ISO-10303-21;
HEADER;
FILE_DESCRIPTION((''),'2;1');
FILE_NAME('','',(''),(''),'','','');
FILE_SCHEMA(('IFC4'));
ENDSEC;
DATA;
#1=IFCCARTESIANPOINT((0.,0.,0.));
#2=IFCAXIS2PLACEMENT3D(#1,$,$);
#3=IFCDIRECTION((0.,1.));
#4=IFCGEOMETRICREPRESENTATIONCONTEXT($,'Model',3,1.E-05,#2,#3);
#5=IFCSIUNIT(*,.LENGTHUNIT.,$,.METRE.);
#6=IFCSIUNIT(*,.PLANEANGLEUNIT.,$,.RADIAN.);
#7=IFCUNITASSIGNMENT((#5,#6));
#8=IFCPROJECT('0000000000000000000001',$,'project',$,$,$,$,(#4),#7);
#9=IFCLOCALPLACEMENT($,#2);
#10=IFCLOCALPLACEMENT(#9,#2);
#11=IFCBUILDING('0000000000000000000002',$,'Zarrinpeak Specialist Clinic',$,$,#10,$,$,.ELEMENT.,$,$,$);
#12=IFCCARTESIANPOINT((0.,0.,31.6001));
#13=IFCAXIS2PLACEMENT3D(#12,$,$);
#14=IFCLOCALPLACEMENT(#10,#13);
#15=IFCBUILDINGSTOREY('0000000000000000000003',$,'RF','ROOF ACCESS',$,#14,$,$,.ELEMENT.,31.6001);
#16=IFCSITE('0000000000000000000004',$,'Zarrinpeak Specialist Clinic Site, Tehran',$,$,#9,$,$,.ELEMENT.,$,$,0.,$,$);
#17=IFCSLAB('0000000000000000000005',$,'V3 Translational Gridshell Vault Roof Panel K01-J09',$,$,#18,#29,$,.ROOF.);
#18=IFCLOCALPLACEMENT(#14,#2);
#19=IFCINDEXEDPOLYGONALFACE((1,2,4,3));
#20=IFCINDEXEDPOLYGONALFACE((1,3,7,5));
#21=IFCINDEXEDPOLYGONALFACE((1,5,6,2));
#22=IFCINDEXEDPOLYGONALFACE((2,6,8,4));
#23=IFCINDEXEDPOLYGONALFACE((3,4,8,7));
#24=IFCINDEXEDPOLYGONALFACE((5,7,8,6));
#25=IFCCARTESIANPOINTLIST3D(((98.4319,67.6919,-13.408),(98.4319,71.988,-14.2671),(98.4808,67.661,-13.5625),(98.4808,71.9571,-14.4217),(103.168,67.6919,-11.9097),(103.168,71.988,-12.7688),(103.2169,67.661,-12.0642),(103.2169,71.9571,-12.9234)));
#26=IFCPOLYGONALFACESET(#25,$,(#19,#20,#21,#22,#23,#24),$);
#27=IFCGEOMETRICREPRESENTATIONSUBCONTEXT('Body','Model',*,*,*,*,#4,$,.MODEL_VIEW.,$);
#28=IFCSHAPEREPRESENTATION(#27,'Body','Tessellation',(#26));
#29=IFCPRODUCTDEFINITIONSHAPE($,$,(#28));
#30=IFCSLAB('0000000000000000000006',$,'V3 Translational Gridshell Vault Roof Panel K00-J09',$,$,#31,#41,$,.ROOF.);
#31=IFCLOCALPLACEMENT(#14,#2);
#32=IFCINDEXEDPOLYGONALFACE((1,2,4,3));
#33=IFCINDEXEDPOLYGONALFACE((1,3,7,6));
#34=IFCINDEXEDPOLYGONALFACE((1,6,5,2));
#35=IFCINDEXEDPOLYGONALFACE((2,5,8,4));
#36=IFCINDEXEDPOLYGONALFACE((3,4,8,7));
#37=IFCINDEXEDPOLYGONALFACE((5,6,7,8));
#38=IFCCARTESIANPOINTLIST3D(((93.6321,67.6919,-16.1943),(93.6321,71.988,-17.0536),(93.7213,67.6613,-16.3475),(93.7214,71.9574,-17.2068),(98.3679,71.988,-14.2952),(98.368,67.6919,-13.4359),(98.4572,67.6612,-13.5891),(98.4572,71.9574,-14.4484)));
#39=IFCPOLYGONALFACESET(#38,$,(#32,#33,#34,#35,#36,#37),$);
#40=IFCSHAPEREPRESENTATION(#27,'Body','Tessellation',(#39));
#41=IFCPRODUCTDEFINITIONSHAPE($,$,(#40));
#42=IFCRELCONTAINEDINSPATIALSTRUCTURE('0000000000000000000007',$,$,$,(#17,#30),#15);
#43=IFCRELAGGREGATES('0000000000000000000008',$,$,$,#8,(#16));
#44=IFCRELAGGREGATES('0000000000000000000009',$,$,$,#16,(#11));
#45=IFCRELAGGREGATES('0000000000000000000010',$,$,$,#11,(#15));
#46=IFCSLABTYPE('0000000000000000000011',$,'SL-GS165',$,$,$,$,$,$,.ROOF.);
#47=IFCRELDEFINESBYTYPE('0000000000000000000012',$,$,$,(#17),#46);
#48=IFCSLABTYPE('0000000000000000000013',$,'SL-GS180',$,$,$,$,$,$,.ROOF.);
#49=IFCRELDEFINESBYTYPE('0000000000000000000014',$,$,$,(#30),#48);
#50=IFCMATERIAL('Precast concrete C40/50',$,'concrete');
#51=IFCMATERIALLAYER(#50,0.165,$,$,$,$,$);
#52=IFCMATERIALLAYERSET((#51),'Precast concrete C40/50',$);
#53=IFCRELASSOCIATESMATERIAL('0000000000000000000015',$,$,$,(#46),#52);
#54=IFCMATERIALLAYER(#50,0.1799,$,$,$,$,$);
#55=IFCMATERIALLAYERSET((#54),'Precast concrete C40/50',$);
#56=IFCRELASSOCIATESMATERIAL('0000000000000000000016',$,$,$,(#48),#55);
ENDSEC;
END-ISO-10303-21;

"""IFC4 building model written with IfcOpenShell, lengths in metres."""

from ifc_helpers import new_model, si_unit, direction, frame, origin, place, context, subcontext, project, spatial, polyline, outline, extrude, material, layer, layer_set, type_object, element, save


model = new_model("IFC4")

# Units and contexts
model_context = context("Model", 3, precision=1e-05, world=origin(), true_north=direction((0.0, 1.0)))
body_context = subcontext(model_context, "Body", "Model", "MODEL_VIEW")
ifc_project = project(units=[si_unit("LENGTHUNIT", "METRE"), si_unit("PLANEANGLEUNIT", "RADIAN")], contexts=[model_context])

# Site, building, storey
site_placement = place(None, origin())
site = spatial("IfcSite", under=ifc_project, at=site_placement, Name="Zarrinpeak Specialist Clinic Site, Tehran", CompositionType="ELEMENT", RefElevation=0.0)
building_placement = place(site_placement, origin())
building = spatial("IfcBuilding", under=site, at=building_placement, Name="Zarrinpeak Specialist Clinic", CompositionType="ELEMENT")
storey_placement = place(building_placement, frame((0.0, 0.0, 31.6001)))
storey = spatial("IfcBuildingStorey", under=building, at=storey_placement, Name="RF", Description="ROOF ACCESS", CompositionType="ELEMENT", Elevation=31.6001)

# Slabs
ifc_material_1 = material(Name="Precast concrete C40/50", Category="concrete")
ifc_layer_1 = layer(ifc_material_1, 0.165)
ifc_layer_set_1 = layer_set([ifc_layer_1], Name="Precast concrete C40/50")
slab_type_1 = type_object("IfcSlabType", Name="SL-GS165", PredefinedType="ROOF", material=ifc_layer_set_1)
slab_1_placement = place(storey_placement, frame((98.4319, 67.6919, -13.408), z_axis=(-0.296286, 0.18729, 0.936556), x_axis=(0.953427, 0.0, 0.301623)))
element("IfcSlab", 1, at=slab_1_placement, inside=storey, type_object=slab_type_1, Name="V3 Translational Gridshell Vault Roof Panel K01-J09", PredefinedType="ROOF", context=body_context, shape_type="SweptSolid", body=[
    extrude(outline(polyline([(0.0, 0.0), (4.9674, 0.0), (4.7083, 4.3735), (-0.2591, 4.3735), (0.0, 0.0)])), origin(), (0.0, 0.0, -1.0), 0.165),
])
ifc_layer_2 = layer(ifc_material_1, 0.1799)
ifc_layer_set_2 = layer_set([ifc_layer_2], Name="Precast concrete C40/50")
slab_type_2 = type_object("IfcSlabType", Name="SL-GS180", PredefinedType="ROOF", material=ifc_layer_set_2)
slab_2_placement = place(storey_placement, frame((93.6321, 67.6919, -16.1943), z_axis=(-0.495954, 0.170302, 0.851485), x_axis=(0.864108, -0.000003, 0.503306)))
element("IfcSlab", 2, at=slab_2_placement, inside=storey, type_object=slab_type_2, Name="V3 Translational Gridshell Vault Roof Panel K00-J09", PredefinedType="ROOF", context=body_context, shape_type="SweptSolid", body=[
    extrude(outline(polyline([(0.0, 0.0), (5.4807, 0.0), (5.0481, 4.3598), (-0.4324, 4.3598), (0.0, 0.0)])), origin(), (0.0, 0.0, -1.0), 0.1799),
])

save(model, "model.ifc")
